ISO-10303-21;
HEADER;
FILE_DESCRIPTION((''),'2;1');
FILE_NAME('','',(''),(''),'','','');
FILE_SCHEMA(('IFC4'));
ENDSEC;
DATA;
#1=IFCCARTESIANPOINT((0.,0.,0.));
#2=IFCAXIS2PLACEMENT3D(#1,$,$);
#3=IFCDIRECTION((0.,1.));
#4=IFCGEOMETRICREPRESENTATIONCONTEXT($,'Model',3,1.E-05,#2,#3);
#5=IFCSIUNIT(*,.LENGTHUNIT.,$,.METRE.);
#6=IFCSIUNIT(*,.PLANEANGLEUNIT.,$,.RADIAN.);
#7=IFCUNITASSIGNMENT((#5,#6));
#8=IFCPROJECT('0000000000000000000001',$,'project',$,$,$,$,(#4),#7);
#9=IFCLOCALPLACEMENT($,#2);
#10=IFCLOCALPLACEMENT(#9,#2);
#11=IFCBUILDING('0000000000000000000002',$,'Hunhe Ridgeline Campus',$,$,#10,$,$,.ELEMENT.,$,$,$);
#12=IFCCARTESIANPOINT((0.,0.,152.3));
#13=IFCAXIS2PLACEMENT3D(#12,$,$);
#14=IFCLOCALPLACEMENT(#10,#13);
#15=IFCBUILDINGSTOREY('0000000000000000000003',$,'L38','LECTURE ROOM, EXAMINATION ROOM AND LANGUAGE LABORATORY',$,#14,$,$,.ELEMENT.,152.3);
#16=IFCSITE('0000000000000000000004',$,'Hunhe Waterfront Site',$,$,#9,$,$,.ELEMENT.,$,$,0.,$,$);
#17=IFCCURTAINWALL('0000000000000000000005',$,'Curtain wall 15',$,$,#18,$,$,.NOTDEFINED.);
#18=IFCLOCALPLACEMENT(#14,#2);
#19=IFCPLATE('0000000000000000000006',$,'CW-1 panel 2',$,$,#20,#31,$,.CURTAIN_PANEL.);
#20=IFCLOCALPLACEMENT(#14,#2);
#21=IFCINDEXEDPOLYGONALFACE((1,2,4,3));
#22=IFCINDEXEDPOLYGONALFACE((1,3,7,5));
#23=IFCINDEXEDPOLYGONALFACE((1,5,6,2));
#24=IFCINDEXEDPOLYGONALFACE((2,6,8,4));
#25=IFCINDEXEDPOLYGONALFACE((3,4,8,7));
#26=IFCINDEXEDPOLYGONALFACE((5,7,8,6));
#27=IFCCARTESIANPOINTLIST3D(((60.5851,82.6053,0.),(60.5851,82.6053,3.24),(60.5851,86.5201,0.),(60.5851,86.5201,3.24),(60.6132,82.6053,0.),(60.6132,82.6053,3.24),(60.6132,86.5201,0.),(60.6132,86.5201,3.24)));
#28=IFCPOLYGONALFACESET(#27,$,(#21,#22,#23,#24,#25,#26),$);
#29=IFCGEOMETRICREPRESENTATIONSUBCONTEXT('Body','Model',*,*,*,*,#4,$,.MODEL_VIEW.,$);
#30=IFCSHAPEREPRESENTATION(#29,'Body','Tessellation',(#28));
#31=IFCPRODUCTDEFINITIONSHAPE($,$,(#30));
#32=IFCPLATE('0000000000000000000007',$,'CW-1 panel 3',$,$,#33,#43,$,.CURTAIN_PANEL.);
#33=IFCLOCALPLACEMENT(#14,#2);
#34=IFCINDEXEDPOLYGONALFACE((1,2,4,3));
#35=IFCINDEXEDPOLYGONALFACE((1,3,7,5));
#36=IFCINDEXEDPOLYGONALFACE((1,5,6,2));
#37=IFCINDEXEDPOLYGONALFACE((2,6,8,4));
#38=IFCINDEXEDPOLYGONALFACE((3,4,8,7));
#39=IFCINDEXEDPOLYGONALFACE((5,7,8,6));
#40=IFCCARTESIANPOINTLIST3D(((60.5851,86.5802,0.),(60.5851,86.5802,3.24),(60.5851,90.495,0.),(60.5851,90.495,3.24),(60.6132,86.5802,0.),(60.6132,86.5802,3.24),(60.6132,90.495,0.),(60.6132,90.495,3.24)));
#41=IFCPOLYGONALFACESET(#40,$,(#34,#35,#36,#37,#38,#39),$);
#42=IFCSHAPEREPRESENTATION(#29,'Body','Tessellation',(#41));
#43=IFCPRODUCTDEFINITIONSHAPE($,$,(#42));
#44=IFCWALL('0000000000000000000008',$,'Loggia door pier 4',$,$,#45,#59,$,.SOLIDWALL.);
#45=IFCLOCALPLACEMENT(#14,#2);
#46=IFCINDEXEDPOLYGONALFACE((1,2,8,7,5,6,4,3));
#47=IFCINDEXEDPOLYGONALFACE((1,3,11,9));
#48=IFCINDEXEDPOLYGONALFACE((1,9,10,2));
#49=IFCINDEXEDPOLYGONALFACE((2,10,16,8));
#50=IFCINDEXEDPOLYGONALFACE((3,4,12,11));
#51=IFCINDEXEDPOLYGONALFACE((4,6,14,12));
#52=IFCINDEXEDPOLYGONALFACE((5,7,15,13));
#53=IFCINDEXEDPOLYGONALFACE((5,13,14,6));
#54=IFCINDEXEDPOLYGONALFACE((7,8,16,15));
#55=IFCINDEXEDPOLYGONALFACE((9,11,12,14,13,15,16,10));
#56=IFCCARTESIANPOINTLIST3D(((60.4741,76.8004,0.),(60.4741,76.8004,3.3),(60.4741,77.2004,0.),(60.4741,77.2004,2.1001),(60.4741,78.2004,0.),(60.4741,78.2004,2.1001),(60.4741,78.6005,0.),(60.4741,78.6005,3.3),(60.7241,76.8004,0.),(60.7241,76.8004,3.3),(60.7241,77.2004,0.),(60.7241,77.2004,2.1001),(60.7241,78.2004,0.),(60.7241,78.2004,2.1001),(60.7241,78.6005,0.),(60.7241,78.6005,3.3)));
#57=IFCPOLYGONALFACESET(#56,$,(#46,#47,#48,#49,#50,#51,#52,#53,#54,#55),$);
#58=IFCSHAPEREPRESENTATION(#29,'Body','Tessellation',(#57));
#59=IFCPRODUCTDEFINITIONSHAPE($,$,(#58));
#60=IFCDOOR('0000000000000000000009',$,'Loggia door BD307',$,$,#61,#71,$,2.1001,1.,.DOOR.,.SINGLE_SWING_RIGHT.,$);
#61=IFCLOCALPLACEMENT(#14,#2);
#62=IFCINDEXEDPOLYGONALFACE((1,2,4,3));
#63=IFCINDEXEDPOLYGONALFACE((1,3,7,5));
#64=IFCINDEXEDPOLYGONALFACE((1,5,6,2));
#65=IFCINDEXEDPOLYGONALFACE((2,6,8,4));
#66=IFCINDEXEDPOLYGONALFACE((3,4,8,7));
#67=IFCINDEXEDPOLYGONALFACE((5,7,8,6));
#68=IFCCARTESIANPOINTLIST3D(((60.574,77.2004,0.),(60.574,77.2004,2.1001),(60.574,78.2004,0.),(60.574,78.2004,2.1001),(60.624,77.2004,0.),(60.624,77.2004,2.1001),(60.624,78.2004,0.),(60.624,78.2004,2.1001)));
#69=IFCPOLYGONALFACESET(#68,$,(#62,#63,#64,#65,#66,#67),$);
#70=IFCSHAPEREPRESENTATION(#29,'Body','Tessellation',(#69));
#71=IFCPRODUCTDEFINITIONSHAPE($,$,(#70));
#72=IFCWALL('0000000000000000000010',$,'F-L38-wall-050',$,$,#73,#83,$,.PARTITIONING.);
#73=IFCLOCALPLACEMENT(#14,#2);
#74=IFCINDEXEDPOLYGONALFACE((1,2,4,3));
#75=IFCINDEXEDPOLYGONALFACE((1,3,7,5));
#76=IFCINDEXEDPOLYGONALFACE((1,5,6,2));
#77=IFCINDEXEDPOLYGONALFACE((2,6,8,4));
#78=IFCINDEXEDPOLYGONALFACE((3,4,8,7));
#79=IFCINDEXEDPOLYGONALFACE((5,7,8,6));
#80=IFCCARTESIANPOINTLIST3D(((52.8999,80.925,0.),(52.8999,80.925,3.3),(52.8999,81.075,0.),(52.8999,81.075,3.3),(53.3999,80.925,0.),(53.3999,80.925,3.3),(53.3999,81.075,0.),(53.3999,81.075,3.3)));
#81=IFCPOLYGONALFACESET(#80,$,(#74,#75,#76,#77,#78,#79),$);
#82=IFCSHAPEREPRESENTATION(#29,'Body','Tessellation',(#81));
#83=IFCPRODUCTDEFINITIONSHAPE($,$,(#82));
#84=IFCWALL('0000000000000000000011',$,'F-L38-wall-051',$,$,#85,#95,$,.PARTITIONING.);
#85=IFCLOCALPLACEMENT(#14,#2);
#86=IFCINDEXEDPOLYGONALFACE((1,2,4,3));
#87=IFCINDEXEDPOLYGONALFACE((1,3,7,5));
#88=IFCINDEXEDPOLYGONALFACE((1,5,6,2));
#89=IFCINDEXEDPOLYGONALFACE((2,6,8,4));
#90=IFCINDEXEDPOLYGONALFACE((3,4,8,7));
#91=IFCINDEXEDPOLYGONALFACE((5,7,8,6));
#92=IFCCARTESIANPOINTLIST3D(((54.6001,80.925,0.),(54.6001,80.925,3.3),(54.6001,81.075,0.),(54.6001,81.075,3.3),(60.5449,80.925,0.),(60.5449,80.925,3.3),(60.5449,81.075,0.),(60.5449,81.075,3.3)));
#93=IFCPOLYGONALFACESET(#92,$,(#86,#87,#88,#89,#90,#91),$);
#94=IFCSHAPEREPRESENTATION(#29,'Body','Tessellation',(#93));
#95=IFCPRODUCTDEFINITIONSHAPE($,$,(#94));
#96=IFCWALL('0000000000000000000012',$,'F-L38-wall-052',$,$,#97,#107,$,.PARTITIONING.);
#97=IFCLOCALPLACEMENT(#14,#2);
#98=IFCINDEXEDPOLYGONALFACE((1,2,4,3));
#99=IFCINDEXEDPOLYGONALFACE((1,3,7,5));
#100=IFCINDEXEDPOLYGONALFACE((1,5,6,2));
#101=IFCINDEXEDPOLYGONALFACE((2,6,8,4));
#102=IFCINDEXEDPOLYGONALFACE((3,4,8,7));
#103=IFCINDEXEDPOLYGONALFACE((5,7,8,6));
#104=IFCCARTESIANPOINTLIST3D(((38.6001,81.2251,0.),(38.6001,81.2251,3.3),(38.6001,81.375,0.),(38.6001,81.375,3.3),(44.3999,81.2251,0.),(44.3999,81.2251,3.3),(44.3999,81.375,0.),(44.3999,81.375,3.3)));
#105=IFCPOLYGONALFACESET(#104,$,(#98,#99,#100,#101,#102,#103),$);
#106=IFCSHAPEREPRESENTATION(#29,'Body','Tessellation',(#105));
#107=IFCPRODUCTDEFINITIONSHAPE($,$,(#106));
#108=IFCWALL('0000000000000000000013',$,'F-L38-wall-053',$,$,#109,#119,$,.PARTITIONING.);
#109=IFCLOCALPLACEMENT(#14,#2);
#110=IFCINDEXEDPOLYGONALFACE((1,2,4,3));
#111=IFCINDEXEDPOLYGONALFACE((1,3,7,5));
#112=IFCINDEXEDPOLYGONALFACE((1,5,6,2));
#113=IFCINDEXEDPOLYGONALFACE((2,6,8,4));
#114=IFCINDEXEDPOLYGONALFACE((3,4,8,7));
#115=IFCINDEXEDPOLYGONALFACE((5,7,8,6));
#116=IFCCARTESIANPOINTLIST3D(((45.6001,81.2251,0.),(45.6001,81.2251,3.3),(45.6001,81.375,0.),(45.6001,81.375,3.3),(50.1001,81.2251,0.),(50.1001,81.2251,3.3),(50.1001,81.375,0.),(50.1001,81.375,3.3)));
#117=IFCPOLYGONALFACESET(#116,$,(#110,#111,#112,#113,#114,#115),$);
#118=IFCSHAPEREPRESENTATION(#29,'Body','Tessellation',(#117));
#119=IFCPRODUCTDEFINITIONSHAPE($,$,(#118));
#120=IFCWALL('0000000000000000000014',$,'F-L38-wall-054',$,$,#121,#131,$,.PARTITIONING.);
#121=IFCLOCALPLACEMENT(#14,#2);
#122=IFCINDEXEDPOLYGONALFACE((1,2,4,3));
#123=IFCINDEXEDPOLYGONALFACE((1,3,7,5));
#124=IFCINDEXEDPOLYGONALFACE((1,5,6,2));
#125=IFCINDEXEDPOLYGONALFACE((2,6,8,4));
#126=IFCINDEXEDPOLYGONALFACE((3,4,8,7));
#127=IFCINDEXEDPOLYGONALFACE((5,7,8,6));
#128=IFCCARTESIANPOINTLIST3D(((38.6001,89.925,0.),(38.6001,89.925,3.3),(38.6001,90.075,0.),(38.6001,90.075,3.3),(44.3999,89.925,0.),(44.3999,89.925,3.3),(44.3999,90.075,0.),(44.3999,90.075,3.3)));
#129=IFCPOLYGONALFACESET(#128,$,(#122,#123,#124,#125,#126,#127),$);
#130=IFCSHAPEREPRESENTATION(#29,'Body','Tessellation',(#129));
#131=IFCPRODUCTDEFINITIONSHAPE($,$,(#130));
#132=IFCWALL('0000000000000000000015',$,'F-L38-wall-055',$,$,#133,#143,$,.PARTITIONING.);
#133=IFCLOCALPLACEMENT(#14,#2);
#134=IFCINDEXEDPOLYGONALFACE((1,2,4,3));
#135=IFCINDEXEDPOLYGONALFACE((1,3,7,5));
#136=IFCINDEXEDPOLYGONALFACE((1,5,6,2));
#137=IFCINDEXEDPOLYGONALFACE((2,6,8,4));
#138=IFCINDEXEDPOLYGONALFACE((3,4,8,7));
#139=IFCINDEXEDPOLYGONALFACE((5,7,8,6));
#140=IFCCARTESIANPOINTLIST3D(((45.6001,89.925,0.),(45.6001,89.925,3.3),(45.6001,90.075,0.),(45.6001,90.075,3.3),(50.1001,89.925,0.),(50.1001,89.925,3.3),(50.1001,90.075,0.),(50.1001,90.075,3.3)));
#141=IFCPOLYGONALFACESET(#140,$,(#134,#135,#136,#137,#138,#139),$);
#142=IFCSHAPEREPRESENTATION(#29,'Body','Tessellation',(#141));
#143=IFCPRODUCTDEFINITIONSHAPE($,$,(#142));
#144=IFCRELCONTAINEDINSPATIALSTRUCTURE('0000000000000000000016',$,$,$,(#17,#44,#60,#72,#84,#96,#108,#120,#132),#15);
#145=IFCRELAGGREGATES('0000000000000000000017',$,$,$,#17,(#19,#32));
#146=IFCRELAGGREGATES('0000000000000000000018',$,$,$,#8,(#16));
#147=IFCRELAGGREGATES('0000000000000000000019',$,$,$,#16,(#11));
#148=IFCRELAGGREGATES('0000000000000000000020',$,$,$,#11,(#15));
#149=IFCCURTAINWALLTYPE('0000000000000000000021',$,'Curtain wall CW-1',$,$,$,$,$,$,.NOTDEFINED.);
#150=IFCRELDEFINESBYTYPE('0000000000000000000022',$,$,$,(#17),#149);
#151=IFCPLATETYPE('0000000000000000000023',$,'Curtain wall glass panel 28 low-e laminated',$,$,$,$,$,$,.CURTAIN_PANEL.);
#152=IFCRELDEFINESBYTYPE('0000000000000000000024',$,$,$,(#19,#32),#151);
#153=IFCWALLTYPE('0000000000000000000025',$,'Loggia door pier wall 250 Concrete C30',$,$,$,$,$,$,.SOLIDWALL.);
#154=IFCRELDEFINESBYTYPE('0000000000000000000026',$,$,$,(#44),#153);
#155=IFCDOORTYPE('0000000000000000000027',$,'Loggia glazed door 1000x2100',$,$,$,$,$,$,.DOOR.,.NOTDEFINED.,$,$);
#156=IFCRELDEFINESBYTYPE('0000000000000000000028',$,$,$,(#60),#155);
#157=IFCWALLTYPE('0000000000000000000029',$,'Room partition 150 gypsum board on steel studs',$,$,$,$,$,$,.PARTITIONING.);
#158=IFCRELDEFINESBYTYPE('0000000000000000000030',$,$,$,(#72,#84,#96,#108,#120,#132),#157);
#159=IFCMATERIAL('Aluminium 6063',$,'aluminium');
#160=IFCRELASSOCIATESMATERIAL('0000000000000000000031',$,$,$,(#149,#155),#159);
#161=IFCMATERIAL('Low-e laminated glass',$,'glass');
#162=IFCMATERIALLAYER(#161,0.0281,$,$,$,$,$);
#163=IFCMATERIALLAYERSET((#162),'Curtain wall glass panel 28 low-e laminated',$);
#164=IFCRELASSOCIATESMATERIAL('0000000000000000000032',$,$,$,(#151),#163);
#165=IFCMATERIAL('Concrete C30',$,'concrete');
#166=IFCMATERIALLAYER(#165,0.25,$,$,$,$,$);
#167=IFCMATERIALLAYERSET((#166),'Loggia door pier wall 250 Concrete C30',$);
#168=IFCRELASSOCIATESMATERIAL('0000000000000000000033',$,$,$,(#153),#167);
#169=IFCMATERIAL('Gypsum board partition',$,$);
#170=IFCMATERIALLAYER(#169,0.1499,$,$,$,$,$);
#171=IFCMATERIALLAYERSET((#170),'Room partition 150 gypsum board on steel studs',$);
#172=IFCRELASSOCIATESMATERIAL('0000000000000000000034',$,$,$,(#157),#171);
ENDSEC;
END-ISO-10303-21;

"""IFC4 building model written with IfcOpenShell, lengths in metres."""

from ifc_helpers import new_model, si_unit, direction, frame, frame_2d, origin, origin_2d, place, context, subcontext, project, spatial, rectangle, extrude, material, layer, layer_set, type_object, element, fill, aggregate, save


model = new_model("IFC4")

# Units and contexts
model_context = context("Model", 3, precision=1e-05, world=origin(), true_north=direction((0.0, 1.0)))
body_context = subcontext(model_context, "Body", "Model", "MODEL_VIEW")
ifc_project = project(units=[si_unit("LENGTHUNIT", "METRE"), si_unit("PLANEANGLEUNIT", "RADIAN")], contexts=[model_context])

# Site, building, storey
site_placement = place(None, origin())
site = spatial("IfcSite", under=ifc_project, at=site_placement, Name="Hunhe Waterfront Site", CompositionType="ELEMENT", RefElevation=0.0)
building_placement = place(site_placement, origin())
building = spatial("IfcBuilding", under=site, at=building_placement, Name="Hunhe Ridgeline Campus", CompositionType="ELEMENT")
storey_placement = place(building_placement, frame((0.0, 0.0, 152.3)))
storey = spatial("IfcBuildingStorey", under=building, at=storey_placement, Name="L38", Description="LECTURE ROOM, EXAMINATION ROOM AND LANGUAGE LABORATORY", CompositionType="ELEMENT", Elevation=152.3)

# Curtain wall
ifc_material_1 = material(Name="Aluminium 6063", Category="aluminium")
curtain_wall_type = type_object("IfcCurtainWallType", Name="Curtain wall CW-1", PredefinedType="NOTDEFINED", material=ifc_material_1)
curtain_wall_1_placement = place(storey_placement, origin())
curtain_wall_1 = element("IfcCurtainWall", 1, at=curtain_wall_1_placement, inside=storey, type_object=curtain_wall_type, Name="Curtain wall 15", PredefinedType="NOTDEFINED")

# Plates
ifc_material_2 = material(Name="Low-e laminated glass", Category="glass")
ifc_layer_1 = layer(ifc_material_2, 0.0281)
ifc_layer_set_1 = layer_set([ifc_layer_1], Name="Curtain wall glass panel 28 low-e laminated")
plate_type = type_object("IfcPlateType", Name="Curtain wall glass panel 28 low-e laminated", PredefinedType="CURTAIN_PANEL", material=ifc_layer_set_1)
plate_1_placement = place(storey_placement, frame((60.5991, 84.5627, 0.0), z_axis=(0.0, 0.0, 1.0), x_axis=(0.0, 1.0, 0.0)))
plate_1 = element("IfcPlate", 2, at=plate_1_placement, type_object=plate_type, Name="CW-1 panel 2", PredefinedType="CURTAIN_PANEL", context=body_context, shape_type="SweptSolid", body=[
    extrude(rectangle(XDim=3.9148, YDim=0.0281, at=origin_2d()), origin(), (0.0, 0.0, 1.0), 3.24),
])
plate_2_placement = place(storey_placement, frame((60.5991, 88.5376, 0.0), z_axis=(0.0, 0.0, 1.0), x_axis=(0.0, 1.0, 0.0)))
plate_2 = element("IfcPlate", 3, at=plate_2_placement, type_object=plate_type, Name="CW-1 panel 3", PredefinedType="CURTAIN_PANEL", context=body_context, shape_type="SweptSolid", body=[
    extrude(rectangle(XDim=3.9148, YDim=0.0281, at=origin_2d()), origin(), (0.0, 0.0, 1.0), 3.24),
])
aggregate(curtain_wall_1, [plate_1, plate_2])

# Wall, opening, door
ifc_material_3 = material(Name="Concrete C30", Category="concrete")
ifc_layer_2 = layer(ifc_material_3, 0.25)
ifc_layer_set_2 = layer_set([ifc_layer_2], Name="Loggia door pier wall 250 Concrete C30")
wall_type_1 = type_object("IfcWallType", Name="Loggia door pier wall 250 Concrete C30", PredefinedType="SOLIDWALL", material=ifc_layer_set_2)
wall_1_placement = place(storey_placement, frame((60.5991, 76.8005, 0.0), z_axis=(0.0, 0.0, 1.0), x_axis=(0.0, 1.0, 0.0)))
wall_1 = element("IfcWall", 4, at=wall_1_placement, inside=storey, type_object=wall_type_1, Name="Loggia door pier 4", PredefinedType="SOLIDWALL", context=body_context, shape_type="SweptSolid", body=[
    extrude(rectangle(XDim=1.8, YDim=0.25, at=frame_2d((0.8999, 0.0))), origin(), (0.0, 0.0, 1.0), 3.3),
])
opening_placement = place(wall_1_placement, frame((0.3999, 0.0, 0.0)))
opening = element("IfcOpeningElement", 5, at=opening_placement, cuts=wall_1, PredefinedType="OPENING", context=body_context, shape_type="SweptSolid", body=[
    extrude(rectangle(XDim=1.0, YDim=2.1001, at=frame_2d((0.5, 1.05))), frame((0.0, 0.125, 0.0), z_axis=(0.0, -1.0, 0.0), x_axis=(1.0, 0.0, 0.0)), (0.0, 0.0, 1.0), 0.25),
])
door_type = type_object("IfcDoorType", Name="Loggia glazed door 1000x2100", OperationType="NOTDEFINED", PredefinedType="DOOR", material=ifc_material_1)
door_placement = place(opening_placement, frame((1.0, 0.0, 0.0), z_axis=(0.0, 0.0, 1.0), x_axis=(-1.0, 0.0, 0.0)))
door = element("IfcDoor", 6, at=door_placement, inside=storey, type_object=door_type, Name="Loggia door BD307", OperationType="SINGLE_SWING_RIGHT", OverallHeight=2.1001, OverallWidth=1.0, PredefinedType="DOOR", context=body_context, shape_type="SweptSolid", body=[
    extrude(rectangle(XDim=1.0, YDim=2.1001, at=frame_2d((0.5, 1.05))), frame((0.0, 0.0249, 0.0), z_axis=(0.0, -1.0, 0.0), x_axis=(1.0, 0.0, 0.0)), (0.0, 0.0, 1.0), 0.05),
])
fill(opening, door)

# Walls
ifc_material_4 = material(Name="Gypsum board partition")
ifc_layer_3 = layer(ifc_material_4, 0.1499)
ifc_layer_set_3 = layer_set([ifc_layer_3], Name="Room partition 150 gypsum board on steel studs")
wall_type_2 = type_object("IfcWallType", Name="Room partition 150 gypsum board on steel studs", PredefinedType="PARTITIONING", material=ifc_layer_set_3)
wall_2_placement = place(storey_placement, frame((52.8999, 81.0, 0.0), z_axis=(0.0, 0.0, 1.0), x_axis=(1.0, 0.0, 0.0)))
element("IfcWall", 7, at=wall_2_placement, inside=storey, type_object=wall_type_2, Name="F-L38-wall-050", PredefinedType="PARTITIONING", context=body_context, shape_type="SweptSolid", body=[
    extrude(rectangle(XDim=0.5, YDim=0.1499, at=frame_2d((0.25, 0.0))), origin(), (0.0, 0.0, 1.0), 3.3),
])
wall_3_placement = place(storey_placement, frame((54.6001, 81.0, 0.0), z_axis=(0.0, 0.0, 1.0), x_axis=(1.0, 0.0, 0.0)))
element("IfcWall", 8, at=wall_3_placement, inside=storey, type_object=wall_type_2, Name="F-L38-wall-051", PredefinedType="PARTITIONING", context=body_context, shape_type="SweptSolid", body=[
    extrude(rectangle(XDim=5.9448, YDim=0.1499, at=frame_2d((2.9724, 0.0))), origin(), (0.0, 0.0, 1.0), 3.3),
])
wall_4_placement = place(storey_placement, frame((38.6001, 81.3, 0.0), z_axis=(0.0, 0.0, 1.0), x_axis=(1.0, 0.0, 0.0)))
element("IfcWall", 9, at=wall_4_placement, inside=storey, type_object=wall_type_2, Name="F-L38-wall-052", PredefinedType="PARTITIONING", context=body_context, shape_type="SweptSolid", body=[
    extrude(rectangle(XDim=5.7998, YDim=0.1499, at=frame_2d((2.8999, 0.0))), origin(), (0.0, 0.0, 1.0), 3.3),
])
wall_5_placement = place(storey_placement, frame((45.6001, 81.3, 0.0), z_axis=(0.0, 0.0, 1.0), x_axis=(1.0, 0.0, 0.0)))
element("IfcWall", 10, at=wall_5_placement, inside=storey, type_object=wall_type_2, Name="F-L38-wall-053", PredefinedType="PARTITIONING", context=body_context, shape_type="SweptSolid", body=[
    extrude(rectangle(XDim=4.5, YDim=0.1499, at=frame_2d((2.25, 0.0))), origin(), (0.0, 0.0, 1.0), 3.3),
])
wall_6_placement = place(storey_placement, frame((38.6001, 90.0, 0.0), z_axis=(0.0, 0.0, 1.0), x_axis=(1.0, 0.0, 0.0)))
element("IfcWall", 11, at=wall_6_placement, inside=storey, type_object=wall_type_2, Name="F-L38-wall-054", PredefinedType="PARTITIONING", context=body_context, shape_type="SweptSolid", body=[
    extrude(rectangle(XDim=5.7998, YDim=0.1499, at=frame_2d((2.8999, 0.0))), origin(), (0.0, 0.0, 1.0), 3.3),
])
wall_7_placement = place(storey_placement, frame((45.6001, 90.0, 0.0), z_axis=(0.0, 0.0, 1.0), x_axis=(1.0, 0.0, 0.0)))
element("IfcWall", 12, at=wall_7_placement, inside=storey, type_object=wall_type_2, Name="F-L38-wall-055", PredefinedType="PARTITIONING", context=body_context, shape_type="SweptSolid", body=[
    extrude(rectangle(XDim=4.5, YDim=0.1499, at=frame_2d((2.25, 0.0))), origin(), (0.0, 0.0, 1.0), 3.3),
])

save(model, "model.ifc")
